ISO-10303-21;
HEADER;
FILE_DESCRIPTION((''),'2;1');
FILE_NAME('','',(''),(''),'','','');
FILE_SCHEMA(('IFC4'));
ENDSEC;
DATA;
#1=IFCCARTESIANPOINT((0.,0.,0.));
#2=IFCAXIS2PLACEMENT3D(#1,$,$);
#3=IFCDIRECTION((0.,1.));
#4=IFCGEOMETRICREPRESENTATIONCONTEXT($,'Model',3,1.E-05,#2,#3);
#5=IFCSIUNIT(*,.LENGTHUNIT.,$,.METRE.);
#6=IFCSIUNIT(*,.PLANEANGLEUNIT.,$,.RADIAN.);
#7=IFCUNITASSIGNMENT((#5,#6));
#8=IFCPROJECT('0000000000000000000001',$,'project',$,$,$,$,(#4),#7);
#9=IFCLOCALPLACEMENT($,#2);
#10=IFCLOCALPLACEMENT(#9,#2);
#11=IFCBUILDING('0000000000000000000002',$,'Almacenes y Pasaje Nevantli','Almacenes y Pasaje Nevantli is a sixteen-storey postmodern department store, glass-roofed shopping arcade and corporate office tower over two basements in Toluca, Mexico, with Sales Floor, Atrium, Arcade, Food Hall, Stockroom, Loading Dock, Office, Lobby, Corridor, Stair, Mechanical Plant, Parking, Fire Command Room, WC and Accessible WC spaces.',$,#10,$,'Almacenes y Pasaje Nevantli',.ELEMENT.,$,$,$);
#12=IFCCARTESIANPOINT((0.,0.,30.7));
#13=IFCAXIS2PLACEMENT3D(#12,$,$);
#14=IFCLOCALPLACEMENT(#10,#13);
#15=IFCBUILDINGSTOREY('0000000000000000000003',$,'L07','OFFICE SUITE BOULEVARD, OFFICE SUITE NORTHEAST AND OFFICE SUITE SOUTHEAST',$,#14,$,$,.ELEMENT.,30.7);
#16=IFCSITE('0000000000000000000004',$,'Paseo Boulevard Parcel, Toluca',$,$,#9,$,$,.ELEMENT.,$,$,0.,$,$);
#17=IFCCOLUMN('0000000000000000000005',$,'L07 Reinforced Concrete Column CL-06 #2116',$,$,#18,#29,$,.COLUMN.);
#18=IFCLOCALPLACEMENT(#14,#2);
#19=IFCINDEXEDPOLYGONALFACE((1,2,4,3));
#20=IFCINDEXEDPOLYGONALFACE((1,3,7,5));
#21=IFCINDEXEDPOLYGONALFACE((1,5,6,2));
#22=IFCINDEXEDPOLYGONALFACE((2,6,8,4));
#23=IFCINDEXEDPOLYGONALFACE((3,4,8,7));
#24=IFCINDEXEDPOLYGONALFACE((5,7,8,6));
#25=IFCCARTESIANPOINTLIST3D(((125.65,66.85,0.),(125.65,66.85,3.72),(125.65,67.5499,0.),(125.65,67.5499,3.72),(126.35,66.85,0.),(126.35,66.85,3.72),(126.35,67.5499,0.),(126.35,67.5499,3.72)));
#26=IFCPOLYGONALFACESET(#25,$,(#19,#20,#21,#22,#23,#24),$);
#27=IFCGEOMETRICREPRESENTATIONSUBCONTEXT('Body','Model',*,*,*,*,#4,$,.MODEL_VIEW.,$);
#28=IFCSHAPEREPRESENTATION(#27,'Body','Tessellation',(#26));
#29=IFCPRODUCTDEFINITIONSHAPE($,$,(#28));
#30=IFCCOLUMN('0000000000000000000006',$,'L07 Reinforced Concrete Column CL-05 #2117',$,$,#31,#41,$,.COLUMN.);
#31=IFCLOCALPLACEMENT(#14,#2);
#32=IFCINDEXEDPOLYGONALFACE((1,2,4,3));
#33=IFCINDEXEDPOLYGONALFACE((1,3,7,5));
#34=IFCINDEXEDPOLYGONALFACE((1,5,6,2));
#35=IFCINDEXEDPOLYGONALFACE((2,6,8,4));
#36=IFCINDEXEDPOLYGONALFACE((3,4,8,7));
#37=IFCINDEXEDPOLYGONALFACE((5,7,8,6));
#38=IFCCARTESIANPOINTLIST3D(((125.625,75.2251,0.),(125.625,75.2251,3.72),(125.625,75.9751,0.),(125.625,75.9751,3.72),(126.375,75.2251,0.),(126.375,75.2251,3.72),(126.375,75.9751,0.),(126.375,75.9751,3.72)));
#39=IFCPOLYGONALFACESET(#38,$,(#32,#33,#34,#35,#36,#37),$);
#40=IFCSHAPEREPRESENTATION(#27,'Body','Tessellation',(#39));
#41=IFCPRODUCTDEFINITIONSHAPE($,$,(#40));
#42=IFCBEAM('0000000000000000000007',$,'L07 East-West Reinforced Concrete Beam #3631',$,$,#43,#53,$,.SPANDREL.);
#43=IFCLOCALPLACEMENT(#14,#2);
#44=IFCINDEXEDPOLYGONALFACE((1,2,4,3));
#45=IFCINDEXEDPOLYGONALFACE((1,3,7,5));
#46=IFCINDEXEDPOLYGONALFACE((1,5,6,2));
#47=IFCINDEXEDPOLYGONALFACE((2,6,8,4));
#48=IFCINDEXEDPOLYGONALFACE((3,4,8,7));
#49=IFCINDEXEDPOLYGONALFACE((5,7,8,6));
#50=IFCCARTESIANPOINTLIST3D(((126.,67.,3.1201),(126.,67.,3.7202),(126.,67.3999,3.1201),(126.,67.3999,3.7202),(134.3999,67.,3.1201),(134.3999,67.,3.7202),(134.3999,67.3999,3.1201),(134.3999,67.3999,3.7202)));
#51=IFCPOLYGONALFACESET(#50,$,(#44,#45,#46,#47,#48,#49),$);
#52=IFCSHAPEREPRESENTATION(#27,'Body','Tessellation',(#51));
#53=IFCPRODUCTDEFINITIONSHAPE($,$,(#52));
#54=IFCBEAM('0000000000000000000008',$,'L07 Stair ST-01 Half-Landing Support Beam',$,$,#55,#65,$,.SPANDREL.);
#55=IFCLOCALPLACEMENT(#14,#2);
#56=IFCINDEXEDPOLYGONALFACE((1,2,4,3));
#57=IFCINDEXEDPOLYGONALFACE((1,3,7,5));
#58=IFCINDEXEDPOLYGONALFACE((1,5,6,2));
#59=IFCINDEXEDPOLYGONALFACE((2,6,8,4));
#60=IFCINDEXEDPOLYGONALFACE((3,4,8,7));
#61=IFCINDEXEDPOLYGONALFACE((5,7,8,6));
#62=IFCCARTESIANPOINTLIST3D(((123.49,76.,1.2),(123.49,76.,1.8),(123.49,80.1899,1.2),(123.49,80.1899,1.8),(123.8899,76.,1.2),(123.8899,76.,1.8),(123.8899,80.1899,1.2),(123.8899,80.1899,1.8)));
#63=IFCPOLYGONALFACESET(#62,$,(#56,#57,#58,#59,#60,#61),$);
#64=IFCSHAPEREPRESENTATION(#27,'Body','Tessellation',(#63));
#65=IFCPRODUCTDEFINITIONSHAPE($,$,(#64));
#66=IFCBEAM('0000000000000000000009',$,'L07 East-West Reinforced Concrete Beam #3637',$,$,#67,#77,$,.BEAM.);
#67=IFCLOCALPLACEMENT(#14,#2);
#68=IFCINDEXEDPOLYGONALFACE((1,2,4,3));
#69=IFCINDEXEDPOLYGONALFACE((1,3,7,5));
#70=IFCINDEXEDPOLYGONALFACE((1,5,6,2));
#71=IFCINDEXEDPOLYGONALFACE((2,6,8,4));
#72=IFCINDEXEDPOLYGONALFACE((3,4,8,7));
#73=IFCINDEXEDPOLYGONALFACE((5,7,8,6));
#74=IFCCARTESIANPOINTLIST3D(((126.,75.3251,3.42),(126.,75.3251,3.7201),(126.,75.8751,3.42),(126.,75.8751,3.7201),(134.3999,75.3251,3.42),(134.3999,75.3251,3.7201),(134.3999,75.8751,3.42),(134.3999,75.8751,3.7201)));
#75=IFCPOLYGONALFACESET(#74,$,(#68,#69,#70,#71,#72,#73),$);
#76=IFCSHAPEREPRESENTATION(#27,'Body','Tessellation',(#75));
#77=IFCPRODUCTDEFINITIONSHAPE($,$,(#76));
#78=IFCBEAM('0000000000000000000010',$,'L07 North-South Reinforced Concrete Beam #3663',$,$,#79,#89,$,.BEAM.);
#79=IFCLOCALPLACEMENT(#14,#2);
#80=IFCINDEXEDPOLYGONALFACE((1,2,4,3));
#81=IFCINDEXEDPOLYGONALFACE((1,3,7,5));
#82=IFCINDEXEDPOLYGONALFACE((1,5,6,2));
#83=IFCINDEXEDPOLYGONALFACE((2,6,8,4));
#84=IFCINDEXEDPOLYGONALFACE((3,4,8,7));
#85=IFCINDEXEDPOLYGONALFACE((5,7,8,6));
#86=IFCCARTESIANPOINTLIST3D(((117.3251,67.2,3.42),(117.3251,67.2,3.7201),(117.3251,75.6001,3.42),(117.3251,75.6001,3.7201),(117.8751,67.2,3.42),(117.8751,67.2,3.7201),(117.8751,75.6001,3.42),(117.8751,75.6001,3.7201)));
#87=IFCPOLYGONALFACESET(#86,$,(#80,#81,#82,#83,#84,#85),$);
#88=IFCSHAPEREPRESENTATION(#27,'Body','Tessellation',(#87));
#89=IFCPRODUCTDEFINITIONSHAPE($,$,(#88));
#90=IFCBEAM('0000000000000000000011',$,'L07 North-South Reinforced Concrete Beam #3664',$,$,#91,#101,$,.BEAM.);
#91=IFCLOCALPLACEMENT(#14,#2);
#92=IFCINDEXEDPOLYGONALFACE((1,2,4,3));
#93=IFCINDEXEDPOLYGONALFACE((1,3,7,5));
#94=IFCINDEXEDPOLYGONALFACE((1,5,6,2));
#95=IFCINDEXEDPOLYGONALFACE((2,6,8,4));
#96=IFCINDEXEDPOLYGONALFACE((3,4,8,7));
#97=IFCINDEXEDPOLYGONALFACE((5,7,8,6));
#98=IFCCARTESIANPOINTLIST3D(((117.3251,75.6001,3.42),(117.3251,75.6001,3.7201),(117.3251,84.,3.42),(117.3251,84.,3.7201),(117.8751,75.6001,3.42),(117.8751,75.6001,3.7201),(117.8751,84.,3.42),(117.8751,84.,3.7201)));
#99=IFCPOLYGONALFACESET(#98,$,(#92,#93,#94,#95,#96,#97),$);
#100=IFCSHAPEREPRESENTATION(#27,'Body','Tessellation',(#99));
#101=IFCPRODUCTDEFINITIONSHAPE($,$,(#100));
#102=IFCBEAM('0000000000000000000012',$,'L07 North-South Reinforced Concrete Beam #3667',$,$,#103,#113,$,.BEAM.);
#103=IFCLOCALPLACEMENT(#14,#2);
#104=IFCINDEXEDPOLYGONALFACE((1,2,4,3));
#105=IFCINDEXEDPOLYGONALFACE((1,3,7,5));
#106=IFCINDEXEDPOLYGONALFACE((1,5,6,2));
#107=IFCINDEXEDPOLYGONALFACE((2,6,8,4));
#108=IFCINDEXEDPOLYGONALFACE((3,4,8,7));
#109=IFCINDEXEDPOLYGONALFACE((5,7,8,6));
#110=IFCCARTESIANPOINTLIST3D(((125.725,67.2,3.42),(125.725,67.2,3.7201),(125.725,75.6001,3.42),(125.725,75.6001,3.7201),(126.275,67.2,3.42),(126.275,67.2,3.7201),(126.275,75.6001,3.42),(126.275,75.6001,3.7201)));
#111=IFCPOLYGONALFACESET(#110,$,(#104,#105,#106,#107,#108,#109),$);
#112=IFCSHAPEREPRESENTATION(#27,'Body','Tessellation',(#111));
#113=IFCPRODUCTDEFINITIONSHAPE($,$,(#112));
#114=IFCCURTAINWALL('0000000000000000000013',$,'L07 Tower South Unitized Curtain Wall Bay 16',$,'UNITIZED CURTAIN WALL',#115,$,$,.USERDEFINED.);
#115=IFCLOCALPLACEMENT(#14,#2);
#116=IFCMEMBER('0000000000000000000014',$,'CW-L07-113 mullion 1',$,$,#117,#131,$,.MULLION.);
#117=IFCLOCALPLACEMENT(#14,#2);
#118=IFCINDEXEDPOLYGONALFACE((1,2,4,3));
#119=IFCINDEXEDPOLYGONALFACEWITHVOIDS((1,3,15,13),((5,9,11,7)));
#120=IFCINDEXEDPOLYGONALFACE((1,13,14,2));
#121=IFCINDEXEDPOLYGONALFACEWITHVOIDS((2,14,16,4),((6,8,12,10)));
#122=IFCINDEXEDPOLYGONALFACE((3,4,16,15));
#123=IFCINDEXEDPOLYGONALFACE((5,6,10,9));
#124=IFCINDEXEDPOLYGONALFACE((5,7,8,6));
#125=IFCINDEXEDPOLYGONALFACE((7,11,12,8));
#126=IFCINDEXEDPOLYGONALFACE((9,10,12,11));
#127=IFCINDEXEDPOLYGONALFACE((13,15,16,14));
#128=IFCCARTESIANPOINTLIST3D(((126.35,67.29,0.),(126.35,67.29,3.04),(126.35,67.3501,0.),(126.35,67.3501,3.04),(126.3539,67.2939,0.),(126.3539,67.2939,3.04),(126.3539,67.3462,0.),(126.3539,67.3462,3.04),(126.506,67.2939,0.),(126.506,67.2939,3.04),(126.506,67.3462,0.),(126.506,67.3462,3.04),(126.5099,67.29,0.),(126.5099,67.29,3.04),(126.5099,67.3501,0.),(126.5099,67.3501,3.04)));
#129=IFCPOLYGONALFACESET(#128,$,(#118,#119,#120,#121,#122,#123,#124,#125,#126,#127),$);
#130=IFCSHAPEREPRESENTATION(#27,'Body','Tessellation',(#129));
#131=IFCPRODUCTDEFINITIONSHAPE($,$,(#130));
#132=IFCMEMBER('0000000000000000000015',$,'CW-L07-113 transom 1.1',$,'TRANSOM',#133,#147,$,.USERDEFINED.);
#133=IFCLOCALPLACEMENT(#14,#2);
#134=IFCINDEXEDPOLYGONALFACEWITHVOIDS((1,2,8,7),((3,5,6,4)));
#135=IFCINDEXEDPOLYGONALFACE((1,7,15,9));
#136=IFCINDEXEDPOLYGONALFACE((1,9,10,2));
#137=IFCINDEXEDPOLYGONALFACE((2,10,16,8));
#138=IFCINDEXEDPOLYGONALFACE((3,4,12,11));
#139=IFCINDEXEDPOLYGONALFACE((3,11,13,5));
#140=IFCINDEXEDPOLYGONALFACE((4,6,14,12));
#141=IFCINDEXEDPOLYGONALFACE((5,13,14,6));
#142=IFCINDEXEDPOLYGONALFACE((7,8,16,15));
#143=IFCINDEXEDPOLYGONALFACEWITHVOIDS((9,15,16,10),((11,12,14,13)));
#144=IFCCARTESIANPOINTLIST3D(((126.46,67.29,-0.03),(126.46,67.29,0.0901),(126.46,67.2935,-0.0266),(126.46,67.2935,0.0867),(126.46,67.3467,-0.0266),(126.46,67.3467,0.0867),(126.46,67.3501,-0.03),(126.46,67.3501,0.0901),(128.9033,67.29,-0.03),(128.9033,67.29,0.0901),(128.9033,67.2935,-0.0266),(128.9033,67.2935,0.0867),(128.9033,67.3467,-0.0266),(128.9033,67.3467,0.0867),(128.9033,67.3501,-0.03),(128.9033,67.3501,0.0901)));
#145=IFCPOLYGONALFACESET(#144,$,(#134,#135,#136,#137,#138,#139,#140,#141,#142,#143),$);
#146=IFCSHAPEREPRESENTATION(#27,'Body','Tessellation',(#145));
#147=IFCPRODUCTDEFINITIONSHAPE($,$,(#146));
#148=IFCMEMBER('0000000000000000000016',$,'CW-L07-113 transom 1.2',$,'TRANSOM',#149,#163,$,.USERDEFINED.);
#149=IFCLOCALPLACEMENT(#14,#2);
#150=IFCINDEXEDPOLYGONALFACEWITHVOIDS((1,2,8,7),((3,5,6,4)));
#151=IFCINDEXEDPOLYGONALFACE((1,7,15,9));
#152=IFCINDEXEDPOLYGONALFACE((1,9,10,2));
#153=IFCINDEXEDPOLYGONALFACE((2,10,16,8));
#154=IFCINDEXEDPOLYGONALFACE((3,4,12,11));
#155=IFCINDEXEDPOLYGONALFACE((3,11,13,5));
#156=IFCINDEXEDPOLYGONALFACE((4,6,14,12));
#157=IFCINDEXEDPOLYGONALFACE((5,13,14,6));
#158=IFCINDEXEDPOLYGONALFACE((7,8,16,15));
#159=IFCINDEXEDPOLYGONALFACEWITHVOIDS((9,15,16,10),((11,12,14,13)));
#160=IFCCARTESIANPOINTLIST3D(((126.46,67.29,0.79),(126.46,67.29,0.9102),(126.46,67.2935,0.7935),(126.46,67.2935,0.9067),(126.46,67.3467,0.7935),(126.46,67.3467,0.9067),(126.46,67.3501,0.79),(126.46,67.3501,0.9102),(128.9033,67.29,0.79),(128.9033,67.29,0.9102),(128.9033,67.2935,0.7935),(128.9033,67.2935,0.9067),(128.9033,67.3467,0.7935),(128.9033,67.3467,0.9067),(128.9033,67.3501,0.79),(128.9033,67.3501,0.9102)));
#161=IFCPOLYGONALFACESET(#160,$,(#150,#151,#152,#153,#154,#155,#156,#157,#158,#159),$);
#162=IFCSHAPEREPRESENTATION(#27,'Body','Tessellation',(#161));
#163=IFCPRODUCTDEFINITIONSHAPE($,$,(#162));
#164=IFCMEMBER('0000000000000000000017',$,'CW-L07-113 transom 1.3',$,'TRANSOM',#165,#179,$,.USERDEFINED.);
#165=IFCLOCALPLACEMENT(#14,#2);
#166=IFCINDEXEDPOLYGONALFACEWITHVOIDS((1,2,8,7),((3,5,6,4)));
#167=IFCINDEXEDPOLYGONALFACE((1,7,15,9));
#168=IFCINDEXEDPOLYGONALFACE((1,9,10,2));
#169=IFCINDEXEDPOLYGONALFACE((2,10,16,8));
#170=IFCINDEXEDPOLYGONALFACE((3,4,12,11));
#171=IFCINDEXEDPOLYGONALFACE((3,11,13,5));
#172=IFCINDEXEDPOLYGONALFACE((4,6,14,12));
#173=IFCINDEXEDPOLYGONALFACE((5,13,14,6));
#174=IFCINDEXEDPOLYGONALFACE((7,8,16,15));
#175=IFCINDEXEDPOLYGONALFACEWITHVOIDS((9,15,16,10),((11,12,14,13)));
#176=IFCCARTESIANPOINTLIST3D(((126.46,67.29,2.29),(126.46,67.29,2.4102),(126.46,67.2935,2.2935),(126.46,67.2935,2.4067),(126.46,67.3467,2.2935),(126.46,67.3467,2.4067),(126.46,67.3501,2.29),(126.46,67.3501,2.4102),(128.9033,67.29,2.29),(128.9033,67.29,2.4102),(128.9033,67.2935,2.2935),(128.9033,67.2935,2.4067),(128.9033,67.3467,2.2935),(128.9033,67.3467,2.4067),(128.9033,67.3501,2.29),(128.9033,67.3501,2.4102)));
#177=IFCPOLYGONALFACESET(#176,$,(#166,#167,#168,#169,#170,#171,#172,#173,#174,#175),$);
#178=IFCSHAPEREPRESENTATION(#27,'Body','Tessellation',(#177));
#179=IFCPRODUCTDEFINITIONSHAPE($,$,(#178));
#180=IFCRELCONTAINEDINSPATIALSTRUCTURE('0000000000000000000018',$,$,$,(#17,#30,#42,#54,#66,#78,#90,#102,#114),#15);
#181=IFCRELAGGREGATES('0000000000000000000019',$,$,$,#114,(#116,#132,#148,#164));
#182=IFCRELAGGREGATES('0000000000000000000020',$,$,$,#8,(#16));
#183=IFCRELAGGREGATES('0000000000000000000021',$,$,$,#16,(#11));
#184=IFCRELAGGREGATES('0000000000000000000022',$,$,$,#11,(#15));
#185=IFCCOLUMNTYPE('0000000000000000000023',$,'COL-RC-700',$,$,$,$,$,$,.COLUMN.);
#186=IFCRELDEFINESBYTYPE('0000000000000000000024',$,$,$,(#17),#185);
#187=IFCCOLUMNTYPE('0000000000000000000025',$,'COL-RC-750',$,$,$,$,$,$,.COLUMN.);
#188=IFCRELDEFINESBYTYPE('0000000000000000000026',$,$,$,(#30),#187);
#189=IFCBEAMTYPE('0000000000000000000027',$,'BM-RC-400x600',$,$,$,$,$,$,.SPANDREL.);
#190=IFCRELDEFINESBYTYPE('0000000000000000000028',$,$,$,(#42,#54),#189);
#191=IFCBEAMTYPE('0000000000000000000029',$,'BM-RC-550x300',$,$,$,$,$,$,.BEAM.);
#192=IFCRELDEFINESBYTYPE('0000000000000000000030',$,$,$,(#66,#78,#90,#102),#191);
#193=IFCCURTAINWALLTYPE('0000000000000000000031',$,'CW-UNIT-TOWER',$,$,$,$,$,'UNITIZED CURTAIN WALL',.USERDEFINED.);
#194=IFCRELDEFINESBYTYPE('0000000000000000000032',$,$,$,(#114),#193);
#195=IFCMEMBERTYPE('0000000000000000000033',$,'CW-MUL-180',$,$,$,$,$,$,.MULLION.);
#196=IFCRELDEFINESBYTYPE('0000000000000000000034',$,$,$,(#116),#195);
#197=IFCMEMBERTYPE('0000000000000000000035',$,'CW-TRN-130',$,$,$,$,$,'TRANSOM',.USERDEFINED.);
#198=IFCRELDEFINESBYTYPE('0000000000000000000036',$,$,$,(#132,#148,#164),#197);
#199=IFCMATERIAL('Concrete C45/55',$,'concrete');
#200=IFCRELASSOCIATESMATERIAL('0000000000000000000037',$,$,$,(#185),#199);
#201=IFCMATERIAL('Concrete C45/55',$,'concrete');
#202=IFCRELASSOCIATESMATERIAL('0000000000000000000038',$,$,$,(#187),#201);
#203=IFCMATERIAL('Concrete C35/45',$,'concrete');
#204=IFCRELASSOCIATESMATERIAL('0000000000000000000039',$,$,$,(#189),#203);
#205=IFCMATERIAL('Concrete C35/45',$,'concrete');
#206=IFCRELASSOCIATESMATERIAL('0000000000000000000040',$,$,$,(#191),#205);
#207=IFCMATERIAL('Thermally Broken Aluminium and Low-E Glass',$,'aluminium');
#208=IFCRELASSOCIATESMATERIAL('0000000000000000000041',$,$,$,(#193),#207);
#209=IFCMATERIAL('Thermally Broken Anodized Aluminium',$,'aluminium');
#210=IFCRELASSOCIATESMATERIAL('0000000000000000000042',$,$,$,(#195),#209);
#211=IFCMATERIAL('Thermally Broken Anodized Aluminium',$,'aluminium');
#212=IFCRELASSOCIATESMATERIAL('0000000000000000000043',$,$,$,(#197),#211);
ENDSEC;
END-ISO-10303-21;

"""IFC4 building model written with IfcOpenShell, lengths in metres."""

from ifc_helpers import new_model, si_unit, direction, frame, origin, origin_2d, place, context, subcontext, project, spatial, rectangle, hollow_rectangle, extrude, material, material_profile, profile_set, type_object, element, aggregate, save


model = new_model("IFC4")

# Units and contexts
model_context = context("Model", 3, precision=1e-05, world=origin(), true_north=direction((0.0, 1.0)))
body_context = subcontext(model_context, "Body", "Model", "MODEL_VIEW")
ifc_project = project(units=[si_unit("LENGTHUNIT", "METRE"), si_unit("PLANEANGLEUNIT", "RADIAN")], contexts=[model_context])

# Site, building, storey
site_placement = place(None, origin())
site = spatial("IfcSite", under=ifc_project, at=site_placement, Name="Paseo Boulevard Parcel, Toluca", CompositionType="ELEMENT", RefElevation=0.0)
building_placement = place(site_placement, origin())
building = spatial("IfcBuilding", under=site, at=building_placement, Name="Almacenes y Pasaje Nevantli", Description="Almacenes y Pasaje Nevantli is a sixteen-storey postmodern department store, glass-roofed shopping arcade and corporate office tower over two basements in Toluca, Mexico, with Sales Floor, Atrium, Arcade, Food Hall, Stockroom, Loading Dock, Office, Lobby, Corridor, Stair, Mechanical Plant, Parking, Fire Command Room, WC and Accessible WC spaces.", LongName="Almacenes y Pasaje Nevantli", CompositionType="ELEMENT")
storey_placement = place(building_placement, frame((0.0, 0.0, 30.7)))
storey = spatial("IfcBuildingStorey", under=building, at=storey_placement, Name="L07", Description="OFFICE SUITE BOULEVARD, OFFICE SUITE NORTHEAST AND OFFICE SUITE SOUTHEAST", CompositionType="ELEMENT", Elevation=30.7)

# Columns
ifc_material_1 = material(Name="Concrete C45/55", Category="concrete")
ifc_material_profile_1 = material_profile(ifc_material_1, rectangle(XDim=0.7, YDim=0.7, at=origin_2d()), Name="RC-COL-700x700")
ifc_profile_set_1 = profile_set([ifc_material_profile_1], Name="Concrete C45/55")
column_type_1 = type_object("IfcColumnType", Name="COL-RC-700", PredefinedType="COLUMN", material=ifc_profile_set_1)
column_1_placement = place(storey_placement, frame((126.0, 67.2, 0.0), z_axis=(0.0, 0.0, 1.0), x_axis=(1.0, 0.0, 0.0)))
element("IfcColumn", 1, at=column_1_placement, inside=storey, type_object=column_type_1, Name="L07 Reinforced Concrete Column CL-06 #2116", PredefinedType="COLUMN", context=body_context, shape_type="SweptSolid", body=[
    extrude(rectangle(XDim=0.7, YDim=0.7, at=origin_2d()), origin(), (0.0, 0.0, 1.0), 3.72),
])
ifc_material_2 = material(Name="Concrete C45/55", Category="concrete")
ifc_material_profile_2 = material_profile(ifc_material_2, rectangle(XDim=0.75, YDim=0.75, at=origin_2d()), Name="RC-COL-750x750")
ifc_profile_set_2 = profile_set([ifc_material_profile_2], Name="Concrete C45/55")
column_type_2 = type_object("IfcColumnType", Name="COL-RC-750", PredefinedType="COLUMN", material=ifc_profile_set_2)
column_2_placement = place(storey_placement, frame((126.0, 75.6001, 0.0), z_axis=(0.0, 0.0, 1.0), x_axis=(1.0, 0.0, 0.0)))
element("IfcColumn", 2, at=column_2_placement, inside=storey, type_object=column_type_2, Name="L07 Reinforced Concrete Column CL-05 #2117", PredefinedType="COLUMN", context=body_context, shape_type="SweptSolid", body=[
    extrude(rectangle(XDim=0.75, YDim=0.75, at=origin_2d()), origin(), (0.0, 0.0, 1.0), 3.72),
])

# Beams
ifc_material_3 = material(Name="Concrete C35/45", Category="concrete")
ifc_material_profile_3 = material_profile(ifc_material_3, rectangle(XDim=0.3999, YDim=0.6001, at=origin_2d()), Name="RC-BM-400x600")
ifc_profile_set_3 = profile_set([ifc_material_profile_3], Name="Concrete C35/45")
beam_type_1 = type_object("IfcBeamType", Name="BM-RC-400x600", PredefinedType="SPANDREL", material=ifc_profile_set_3)
beam_1_placement = place(storey_placement, frame((126.0, 67.2, 3.4202), z_axis=(1.0, 0.0, 0.0), x_axis=(0.0, 1.0, 0.0)))
element("IfcBeam", 3, at=beam_1_placement, inside=storey, type_object=beam_type_1, Name="L07 East-West Reinforced Concrete Beam #3631", PredefinedType="SPANDREL", context=body_context, shape_type="SweptSolid", body=[
    extrude(rectangle(XDim=0.3999, YDim=0.6001, at=origin_2d()), origin(), (0.0, 0.0, 1.0), 8.3999),
])
beam_2_placement = place(storey_placement, frame((123.6899, 76.0, 1.5), z_axis=(0.0, 1.0, 0.0), x_axis=(-1.0, 0.0, 0.0)))
element("IfcBeam", 4, at=beam_2_placement, inside=storey, type_object=beam_type_1, Name="L07 Stair ST-01 Half-Landing Support Beam", PredefinedType="SPANDREL", context=body_context, shape_type="SweptSolid", body=[
    extrude(rectangle(XDim=0.3999, YDim=0.6001, at=origin_2d()), origin(), (0.0, 0.0, 1.0), 4.1899),
])
ifc_material_4 = material(Name="Concrete C35/45", Category="concrete")
ifc_material_profile_4 = material_profile(ifc_material_4, rectangle(XDim=0.55, YDim=0.3, at=origin_2d()), Name="RC-BM-550x300")
ifc_profile_set_4 = profile_set([ifc_material_profile_4], Name="Concrete C35/45")
beam_type_2 = type_object("IfcBeamType", Name="BM-RC-550x300", PredefinedType="BEAM", material=ifc_profile_set_4)
beam_3_placement = place(storey_placement, frame((126.0, 75.6001, 3.5701), z_axis=(1.0, 0.0, 0.0), x_axis=(0.0, 1.0, 0.0)))
element("IfcBeam", 5, at=beam_3_placement, inside=storey, type_object=beam_type_2, Name="L07 East-West Reinforced Concrete Beam #3637", PredefinedType="BEAM", context=body_context, shape_type="SweptSolid", body=[
    extrude(rectangle(XDim=0.55, YDim=0.3, at=origin_2d()), origin(), (0.0, 0.0, 1.0), 8.3999),
])
beam_4_placement = place(storey_placement, frame((117.6001, 67.2, 3.5701), z_axis=(0.0, 1.0, 0.0), x_axis=(-1.0, 0.0, 0.0)))
element("IfcBeam", 6, at=beam_4_placement, inside=storey, type_object=beam_type_2, Name="L07 North-South Reinforced Concrete Beam #3663", PredefinedType="BEAM", context=body_context, shape_type="SweptSolid", body=[
    extrude(rectangle(XDim=0.55, YDim=0.3, at=origin_2d()), origin(), (0.0, 0.0, 1.0), 8.4001),
])
beam_5_placement = place(storey_placement, frame((117.6001, 75.6001, 3.5701), z_axis=(0.0, 1.0, 0.0), x_axis=(-1.0, 0.0, 0.0)))
element("IfcBeam", 7, at=beam_5_placement, inside=storey, type_object=beam_type_2, Name="L07 North-South Reinforced Concrete Beam #3664", PredefinedType="BEAM", context=body_context, shape_type="SweptSolid", body=[
    extrude(rectangle(XDim=0.55, YDim=0.3, at=origin_2d()), origin(), (0.0, 0.0, 1.0), 8.3999),
])
beam_6_placement = place(storey_placement, frame((126.0, 67.2, 3.5701), z_axis=(0.0, 1.0, 0.0), x_axis=(-1.0, 0.0, 0.0)))
element("IfcBeam", 8, at=beam_6_placement, inside=storey, type_object=beam_type_2, Name="L07 North-South Reinforced Concrete Beam #3667", PredefinedType="BEAM", context=body_context, shape_type="SweptSolid", body=[
    extrude(rectangle(XDim=0.55, YDim=0.3, at=origin_2d()), origin(), (0.0, 0.0, 1.0), 8.4001),
])

# Curtain wall, members
ifc_material_5 = material(Name="Thermally Broken Aluminium and Low-E Glass", Category="aluminium")
curtain_wall_type = type_object("IfcCurtainWallType", Name="CW-UNIT-TOWER", ElementType="UNITIZED CURTAIN WALL", PredefinedType="USERDEFINED", material=ifc_material_5)
curtain_wall_placement = place(storey_placement, origin())
curtain_wall = element("IfcCurtainWall", 9, at=curtain_wall_placement, inside=storey, type_object=curtain_wall_type, Name="L07 Tower South Unitized Curtain Wall Bay 16", ObjectType="UNITIZED CURTAIN WALL", PredefinedType="USERDEFINED")
ifc_material_6 = material(Name="Thermally Broken Anodized Aluminium", Category="aluminium")
ifc_material_profile_5 = material_profile(ifc_material_6, hollow_rectangle(XDim=0.0601, YDim=0.1599, WallThickness=0.0039, at=origin_2d()), Name="ALU-MUL-60x160")
ifc_profile_set_5 = profile_set([ifc_material_profile_5], Name="Thermally Broken Anodized Aluminium")
member_type_1 = type_object("IfcMemberType", Name="CW-MUL-180", PredefinedType="MULLION", material=ifc_profile_set_5)
member_1_placement = place(storey_placement, frame((126.4299, 67.3201, 0.0), z_axis=(0.0, 0.0, 1.0), x_axis=(0.0, 1.0, 0.0)))
member_1 = element("IfcMember", 10, at=member_1_placement, type_object=member_type_1, Name="CW-L07-113 mullion 1", PredefinedType="MULLION", context=body_context, shape_type="SweptSolid", body=[
    extrude(hollow_rectangle(XDim=0.0601, YDim=0.1599, WallThickness=0.0039, at=origin_2d()), origin(), (0.0, 0.0, 1.0), 3.04),
])
ifc_material_7 = material(Name="Thermally Broken Anodized Aluminium", Category="aluminium")
ifc_material_profile_6 = material_profile(ifc_material_7, hollow_rectangle(XDim=0.0601, YDim=0.1201, WallThickness=0.0034, at=origin_2d()), Name="ALU-TRN-60x120")
ifc_profile_set_6 = profile_set([ifc_material_profile_6], Name="Thermally Broken Anodized Aluminium")
member_type_2 = type_object("IfcMemberType", Name="CW-TRN-130", ElementType="TRANSOM", PredefinedType="USERDEFINED", material=ifc_profile_set_6)
member_2_placement = place(storey_placement, frame((126.46, 67.3201, 0.03), z_axis=(1.0, 0.0, 0.0), x_axis=(0.0, 1.0, 0.0)))
member_2 = element("IfcMember", 11, at=member_2_placement, type_object=member_type_2, Name="CW-L07-113 transom 1.1", ObjectType="TRANSOM", PredefinedType="USERDEFINED", context=body_context, shape_type="SweptSolid", body=[
    extrude(hollow_rectangle(XDim=0.0601, YDim=0.1201, WallThickness=0.0034, at=origin_2d()), origin(), (0.0, 0.0, 1.0), 2.4434),
])
member_3_placement = place(storey_placement, frame((126.46, 67.3201, 0.8501), z_axis=(1.0, 0.0, 0.0), x_axis=(0.0, 1.0, 0.0)))
member_3 = element("IfcMember", 12, at=member_3_placement, type_object=member_type_2, Name="CW-L07-113 transom 1.2", ObjectType="TRANSOM", PredefinedType="USERDEFINED", context=body_context, shape_type="SweptSolid", body=[
    extrude(hollow_rectangle(XDim=0.0601, YDim=0.1201, WallThickness=0.0034, at=origin_2d()), origin(), (0.0, 0.0, 1.0), 2.4434),
])
member_4_placement = place(storey_placement, frame((126.46, 67.3201, 2.3501), z_axis=(1.0, 0.0, 0.0), x_axis=(0.0, 1.0, 0.0)))
member_4 = element("IfcMember", 13, at=member_4_placement, type_object=member_type_2, Name="CW-L07-113 transom 1.3", ObjectType="TRANSOM", PredefinedType="USERDEFINED", context=body_context, shape_type="SweptSolid", body=[
    extrude(hollow_rectangle(XDim=0.0601, YDim=0.1201, WallThickness=0.0034, at=origin_2d()), origin(), (0.0, 0.0, 1.0), 2.4434),
])
aggregate(curtain_wall, [member_1, member_2, member_3, member_4])

save(model, "model.ifc")
